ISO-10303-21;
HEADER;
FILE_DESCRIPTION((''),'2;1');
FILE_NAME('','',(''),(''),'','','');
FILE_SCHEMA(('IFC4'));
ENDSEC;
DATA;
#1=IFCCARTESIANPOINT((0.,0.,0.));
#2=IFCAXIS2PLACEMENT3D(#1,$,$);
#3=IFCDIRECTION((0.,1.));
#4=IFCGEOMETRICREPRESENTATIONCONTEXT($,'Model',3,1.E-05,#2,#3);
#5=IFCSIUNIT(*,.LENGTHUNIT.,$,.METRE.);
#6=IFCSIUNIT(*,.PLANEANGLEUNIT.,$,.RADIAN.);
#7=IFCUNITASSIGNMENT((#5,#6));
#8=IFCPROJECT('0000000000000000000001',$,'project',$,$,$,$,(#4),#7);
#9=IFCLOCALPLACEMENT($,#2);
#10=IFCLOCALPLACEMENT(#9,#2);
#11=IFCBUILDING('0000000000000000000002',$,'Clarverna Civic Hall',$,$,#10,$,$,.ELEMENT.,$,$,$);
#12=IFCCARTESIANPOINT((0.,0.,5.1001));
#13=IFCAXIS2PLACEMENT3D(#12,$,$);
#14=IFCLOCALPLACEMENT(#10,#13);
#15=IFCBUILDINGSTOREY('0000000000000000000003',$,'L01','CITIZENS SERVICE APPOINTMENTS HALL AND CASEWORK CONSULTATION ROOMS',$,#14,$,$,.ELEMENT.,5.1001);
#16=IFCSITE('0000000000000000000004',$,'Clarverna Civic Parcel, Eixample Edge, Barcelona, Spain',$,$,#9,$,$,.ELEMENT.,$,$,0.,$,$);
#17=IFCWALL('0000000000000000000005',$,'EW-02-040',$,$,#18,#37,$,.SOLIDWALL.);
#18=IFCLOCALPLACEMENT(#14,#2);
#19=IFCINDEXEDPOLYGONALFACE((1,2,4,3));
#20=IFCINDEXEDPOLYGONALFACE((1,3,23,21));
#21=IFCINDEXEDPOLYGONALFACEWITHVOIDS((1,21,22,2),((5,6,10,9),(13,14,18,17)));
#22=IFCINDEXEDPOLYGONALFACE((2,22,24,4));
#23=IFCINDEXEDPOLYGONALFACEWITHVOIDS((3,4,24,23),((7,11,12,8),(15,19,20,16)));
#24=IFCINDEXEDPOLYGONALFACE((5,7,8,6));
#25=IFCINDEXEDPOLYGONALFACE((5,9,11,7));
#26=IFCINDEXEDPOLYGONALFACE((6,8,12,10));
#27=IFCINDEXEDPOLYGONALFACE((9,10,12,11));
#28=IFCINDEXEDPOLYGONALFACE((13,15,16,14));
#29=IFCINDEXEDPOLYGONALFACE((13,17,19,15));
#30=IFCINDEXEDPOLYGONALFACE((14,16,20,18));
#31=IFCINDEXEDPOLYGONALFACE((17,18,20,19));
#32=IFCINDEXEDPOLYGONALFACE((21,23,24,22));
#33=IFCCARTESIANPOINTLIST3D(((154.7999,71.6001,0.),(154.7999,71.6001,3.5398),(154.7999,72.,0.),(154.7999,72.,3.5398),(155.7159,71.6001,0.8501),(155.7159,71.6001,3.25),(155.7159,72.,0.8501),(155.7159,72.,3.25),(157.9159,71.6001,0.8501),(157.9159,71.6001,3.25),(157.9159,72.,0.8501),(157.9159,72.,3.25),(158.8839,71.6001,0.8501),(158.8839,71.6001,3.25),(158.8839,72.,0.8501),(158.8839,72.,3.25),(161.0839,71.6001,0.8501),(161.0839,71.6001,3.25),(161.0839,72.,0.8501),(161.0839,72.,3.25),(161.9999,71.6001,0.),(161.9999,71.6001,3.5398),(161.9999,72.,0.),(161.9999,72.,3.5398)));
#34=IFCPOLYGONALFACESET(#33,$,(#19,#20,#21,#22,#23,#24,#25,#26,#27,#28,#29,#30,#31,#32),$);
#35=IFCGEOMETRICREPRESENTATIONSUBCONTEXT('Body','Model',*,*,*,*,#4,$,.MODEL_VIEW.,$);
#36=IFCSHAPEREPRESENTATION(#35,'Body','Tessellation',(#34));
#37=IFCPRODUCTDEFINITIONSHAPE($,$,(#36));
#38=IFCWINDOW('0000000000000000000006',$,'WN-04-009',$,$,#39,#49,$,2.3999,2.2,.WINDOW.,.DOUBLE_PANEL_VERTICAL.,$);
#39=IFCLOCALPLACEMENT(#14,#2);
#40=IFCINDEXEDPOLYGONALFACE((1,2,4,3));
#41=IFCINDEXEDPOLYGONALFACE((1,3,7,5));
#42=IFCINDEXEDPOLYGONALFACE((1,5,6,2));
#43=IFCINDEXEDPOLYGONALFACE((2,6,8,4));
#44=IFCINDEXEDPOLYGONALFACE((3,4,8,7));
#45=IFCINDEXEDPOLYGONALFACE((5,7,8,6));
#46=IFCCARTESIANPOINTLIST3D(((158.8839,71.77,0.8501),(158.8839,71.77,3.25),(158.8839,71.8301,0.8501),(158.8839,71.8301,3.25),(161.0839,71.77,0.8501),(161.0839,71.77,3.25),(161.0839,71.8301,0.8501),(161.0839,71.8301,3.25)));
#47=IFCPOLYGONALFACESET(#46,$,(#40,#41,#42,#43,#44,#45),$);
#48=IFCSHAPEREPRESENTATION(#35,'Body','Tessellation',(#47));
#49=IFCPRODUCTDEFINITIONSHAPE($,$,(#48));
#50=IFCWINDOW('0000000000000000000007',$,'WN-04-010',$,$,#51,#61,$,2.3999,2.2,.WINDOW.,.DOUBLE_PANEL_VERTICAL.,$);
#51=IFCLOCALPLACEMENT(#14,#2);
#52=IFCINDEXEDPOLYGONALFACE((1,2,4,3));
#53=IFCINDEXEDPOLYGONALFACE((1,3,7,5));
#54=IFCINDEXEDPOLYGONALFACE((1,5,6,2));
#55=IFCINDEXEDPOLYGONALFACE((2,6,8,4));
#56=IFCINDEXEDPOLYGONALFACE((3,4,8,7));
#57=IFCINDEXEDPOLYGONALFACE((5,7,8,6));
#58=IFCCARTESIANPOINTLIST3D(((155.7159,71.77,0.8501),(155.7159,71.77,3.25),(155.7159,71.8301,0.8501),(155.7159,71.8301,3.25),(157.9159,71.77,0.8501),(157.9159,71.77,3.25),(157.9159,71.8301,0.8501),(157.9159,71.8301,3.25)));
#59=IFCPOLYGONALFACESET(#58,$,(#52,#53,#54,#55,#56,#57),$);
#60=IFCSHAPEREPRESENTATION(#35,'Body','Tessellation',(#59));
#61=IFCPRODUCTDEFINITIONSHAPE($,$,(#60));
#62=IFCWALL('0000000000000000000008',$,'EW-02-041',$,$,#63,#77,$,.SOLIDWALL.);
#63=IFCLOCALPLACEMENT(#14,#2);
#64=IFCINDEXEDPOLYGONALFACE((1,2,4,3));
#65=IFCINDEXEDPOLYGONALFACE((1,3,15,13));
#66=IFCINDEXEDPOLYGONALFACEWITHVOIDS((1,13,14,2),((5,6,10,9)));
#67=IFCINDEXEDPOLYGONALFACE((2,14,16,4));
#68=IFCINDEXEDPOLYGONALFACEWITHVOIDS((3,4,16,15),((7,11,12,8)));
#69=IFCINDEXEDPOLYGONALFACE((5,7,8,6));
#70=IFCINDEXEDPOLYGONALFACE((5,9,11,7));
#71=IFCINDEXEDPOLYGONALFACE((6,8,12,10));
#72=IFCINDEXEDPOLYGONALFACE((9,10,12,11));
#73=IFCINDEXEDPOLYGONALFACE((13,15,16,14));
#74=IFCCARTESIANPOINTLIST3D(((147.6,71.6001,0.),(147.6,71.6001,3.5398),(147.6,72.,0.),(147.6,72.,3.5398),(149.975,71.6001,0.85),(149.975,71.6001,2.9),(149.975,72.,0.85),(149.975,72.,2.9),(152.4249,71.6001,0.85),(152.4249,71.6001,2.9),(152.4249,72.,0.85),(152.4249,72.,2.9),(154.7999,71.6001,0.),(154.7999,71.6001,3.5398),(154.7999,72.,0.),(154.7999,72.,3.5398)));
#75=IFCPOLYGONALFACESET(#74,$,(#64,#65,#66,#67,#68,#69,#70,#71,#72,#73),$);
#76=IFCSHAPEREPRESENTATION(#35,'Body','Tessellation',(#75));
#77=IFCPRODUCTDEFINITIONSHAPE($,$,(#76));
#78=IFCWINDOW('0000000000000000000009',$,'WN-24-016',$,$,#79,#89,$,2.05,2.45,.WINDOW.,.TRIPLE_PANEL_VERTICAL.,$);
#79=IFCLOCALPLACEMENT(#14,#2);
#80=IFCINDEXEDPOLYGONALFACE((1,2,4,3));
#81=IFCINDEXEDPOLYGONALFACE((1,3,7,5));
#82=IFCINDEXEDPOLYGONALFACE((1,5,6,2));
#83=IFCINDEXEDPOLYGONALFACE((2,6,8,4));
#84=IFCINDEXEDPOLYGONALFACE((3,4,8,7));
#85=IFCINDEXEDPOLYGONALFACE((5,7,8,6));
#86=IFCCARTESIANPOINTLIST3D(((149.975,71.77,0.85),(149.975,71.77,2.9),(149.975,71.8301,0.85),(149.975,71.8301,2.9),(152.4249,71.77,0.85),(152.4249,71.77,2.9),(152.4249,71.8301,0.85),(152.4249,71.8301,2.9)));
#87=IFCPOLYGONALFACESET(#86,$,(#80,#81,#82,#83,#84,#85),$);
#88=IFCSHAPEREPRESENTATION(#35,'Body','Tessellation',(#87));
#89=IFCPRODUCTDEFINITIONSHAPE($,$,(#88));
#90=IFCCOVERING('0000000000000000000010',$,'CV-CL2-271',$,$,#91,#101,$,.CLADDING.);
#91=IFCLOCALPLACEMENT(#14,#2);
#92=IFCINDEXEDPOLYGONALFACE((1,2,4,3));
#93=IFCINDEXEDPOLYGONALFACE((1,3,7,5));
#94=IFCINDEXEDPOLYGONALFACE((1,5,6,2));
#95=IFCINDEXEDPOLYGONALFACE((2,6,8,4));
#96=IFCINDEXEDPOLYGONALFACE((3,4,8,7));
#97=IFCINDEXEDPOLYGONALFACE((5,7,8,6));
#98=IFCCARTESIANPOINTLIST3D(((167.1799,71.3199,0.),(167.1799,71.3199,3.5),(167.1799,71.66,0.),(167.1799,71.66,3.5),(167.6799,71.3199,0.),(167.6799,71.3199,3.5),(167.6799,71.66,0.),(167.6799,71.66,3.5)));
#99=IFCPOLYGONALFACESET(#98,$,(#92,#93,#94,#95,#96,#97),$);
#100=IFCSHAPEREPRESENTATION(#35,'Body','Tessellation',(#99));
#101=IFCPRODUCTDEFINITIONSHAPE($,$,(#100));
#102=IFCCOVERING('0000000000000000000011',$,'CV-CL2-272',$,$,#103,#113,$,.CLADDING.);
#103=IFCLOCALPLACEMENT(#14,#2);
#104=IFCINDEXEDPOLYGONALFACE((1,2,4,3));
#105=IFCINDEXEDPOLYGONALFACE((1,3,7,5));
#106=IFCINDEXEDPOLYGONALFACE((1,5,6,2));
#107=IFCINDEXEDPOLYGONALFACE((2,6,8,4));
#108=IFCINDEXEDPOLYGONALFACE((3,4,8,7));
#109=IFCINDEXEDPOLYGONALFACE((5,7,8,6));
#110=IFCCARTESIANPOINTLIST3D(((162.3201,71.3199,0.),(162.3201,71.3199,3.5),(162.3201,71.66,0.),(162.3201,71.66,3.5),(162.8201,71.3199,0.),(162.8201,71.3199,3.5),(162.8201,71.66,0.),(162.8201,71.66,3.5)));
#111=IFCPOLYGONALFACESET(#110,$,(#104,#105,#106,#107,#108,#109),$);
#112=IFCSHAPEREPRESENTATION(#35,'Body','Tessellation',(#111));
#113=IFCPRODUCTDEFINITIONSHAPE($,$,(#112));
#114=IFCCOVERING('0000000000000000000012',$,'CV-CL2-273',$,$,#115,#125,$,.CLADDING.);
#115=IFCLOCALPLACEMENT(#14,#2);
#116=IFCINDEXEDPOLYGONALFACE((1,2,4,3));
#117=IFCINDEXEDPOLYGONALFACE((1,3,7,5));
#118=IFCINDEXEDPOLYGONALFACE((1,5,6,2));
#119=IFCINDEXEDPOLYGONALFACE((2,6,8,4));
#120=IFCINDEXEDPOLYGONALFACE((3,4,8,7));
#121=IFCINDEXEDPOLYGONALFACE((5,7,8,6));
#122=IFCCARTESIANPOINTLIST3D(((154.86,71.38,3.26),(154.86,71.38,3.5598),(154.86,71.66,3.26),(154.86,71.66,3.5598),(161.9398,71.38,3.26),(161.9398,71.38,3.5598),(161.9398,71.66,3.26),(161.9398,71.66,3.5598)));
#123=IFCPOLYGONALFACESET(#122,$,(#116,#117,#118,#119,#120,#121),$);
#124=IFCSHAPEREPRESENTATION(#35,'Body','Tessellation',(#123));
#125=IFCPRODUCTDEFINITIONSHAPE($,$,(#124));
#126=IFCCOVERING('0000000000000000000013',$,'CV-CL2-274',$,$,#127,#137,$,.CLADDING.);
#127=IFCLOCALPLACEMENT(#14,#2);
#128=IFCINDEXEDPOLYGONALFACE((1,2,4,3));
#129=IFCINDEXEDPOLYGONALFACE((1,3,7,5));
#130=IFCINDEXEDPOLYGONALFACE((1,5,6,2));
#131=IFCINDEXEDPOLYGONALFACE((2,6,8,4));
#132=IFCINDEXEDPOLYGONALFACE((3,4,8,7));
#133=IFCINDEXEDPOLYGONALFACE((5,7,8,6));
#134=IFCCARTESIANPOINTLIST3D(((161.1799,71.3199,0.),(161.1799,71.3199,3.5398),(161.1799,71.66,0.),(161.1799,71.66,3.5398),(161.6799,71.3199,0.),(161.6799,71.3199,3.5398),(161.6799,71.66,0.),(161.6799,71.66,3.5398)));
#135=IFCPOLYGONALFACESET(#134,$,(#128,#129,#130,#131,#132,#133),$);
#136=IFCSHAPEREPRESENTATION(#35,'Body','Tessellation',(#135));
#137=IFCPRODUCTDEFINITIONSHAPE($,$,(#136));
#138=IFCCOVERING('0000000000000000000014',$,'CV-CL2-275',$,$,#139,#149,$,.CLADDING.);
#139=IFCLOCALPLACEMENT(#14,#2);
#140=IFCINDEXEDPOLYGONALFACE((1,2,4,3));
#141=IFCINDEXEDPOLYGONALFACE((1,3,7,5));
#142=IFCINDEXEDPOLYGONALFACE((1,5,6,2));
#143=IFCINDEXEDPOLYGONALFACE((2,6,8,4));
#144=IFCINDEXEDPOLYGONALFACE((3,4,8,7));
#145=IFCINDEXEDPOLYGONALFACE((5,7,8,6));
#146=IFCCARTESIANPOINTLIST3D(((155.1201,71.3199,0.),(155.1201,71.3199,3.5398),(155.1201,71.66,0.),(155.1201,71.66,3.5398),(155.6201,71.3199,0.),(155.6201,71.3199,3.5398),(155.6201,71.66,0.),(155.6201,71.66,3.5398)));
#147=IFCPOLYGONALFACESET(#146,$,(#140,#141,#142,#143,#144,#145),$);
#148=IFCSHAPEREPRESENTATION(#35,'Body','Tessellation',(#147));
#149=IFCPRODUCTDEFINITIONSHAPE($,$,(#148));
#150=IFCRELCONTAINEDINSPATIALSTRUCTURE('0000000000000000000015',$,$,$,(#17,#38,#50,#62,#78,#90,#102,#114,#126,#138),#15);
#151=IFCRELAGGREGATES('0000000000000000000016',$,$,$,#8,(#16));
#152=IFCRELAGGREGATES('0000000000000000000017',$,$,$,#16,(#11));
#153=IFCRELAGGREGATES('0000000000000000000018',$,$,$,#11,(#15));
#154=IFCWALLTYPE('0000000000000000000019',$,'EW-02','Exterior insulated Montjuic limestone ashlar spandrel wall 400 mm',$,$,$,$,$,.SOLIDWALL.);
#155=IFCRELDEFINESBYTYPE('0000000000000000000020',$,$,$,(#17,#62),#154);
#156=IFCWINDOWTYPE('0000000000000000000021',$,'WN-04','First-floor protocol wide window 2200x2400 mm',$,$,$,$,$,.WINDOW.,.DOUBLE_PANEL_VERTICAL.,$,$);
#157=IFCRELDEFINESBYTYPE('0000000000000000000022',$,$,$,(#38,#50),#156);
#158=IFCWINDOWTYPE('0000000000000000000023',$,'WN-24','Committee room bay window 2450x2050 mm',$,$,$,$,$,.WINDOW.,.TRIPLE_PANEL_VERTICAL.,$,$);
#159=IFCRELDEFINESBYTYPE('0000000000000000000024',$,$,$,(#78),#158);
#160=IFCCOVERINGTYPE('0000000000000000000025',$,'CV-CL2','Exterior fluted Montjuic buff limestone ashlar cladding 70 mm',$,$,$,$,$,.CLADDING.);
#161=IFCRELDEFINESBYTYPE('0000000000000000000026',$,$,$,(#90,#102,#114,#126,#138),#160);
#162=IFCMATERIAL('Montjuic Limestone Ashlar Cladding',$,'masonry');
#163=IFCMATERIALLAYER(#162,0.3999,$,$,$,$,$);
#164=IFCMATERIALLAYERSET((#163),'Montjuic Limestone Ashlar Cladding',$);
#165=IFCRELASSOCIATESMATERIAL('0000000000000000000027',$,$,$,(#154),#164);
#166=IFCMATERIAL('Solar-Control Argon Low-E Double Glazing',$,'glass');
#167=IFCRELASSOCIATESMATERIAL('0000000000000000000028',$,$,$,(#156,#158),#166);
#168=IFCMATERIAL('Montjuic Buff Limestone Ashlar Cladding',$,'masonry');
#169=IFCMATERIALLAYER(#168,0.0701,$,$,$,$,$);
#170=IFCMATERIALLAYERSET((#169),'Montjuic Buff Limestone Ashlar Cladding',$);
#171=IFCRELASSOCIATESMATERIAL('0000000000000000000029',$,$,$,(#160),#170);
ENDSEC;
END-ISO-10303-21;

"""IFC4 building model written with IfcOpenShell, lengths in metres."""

from ifc_helpers import new_model, si_unit, direction, frame, frame_2d, origin, place, context, subcontext, project, spatial, rectangle, extrude, material, layer, layer_set, type_object, element, fill, save


model = new_model("IFC4")

# Units and contexts
model_context = context("Model", 3, precision=1e-05, world=origin(), true_north=direction((0.0, 1.0)))
body_context = subcontext(model_context, "Body", "Model", "MODEL_VIEW")
ifc_project = project(units=[si_unit("LENGTHUNIT", "METRE"), si_unit("PLANEANGLEUNIT", "RADIAN")], contexts=[model_context])

# Site, building, storey
site_placement = place(None, origin())
site = spatial("IfcSite", under=ifc_project, at=site_placement, Name="Clarverna Civic Parcel, Eixample Edge, Barcelona, Spain", CompositionType="ELEMENT", RefElevation=0.0)
building_placement = place(site_placement, origin())
building = spatial("IfcBuilding", under=site, at=building_placement, Name="Clarverna Civic Hall", CompositionType="ELEMENT")
storey_placement = place(building_placement, frame((0.0, 0.0, 5.1001)))
storey = spatial("IfcBuildingStorey", under=building, at=storey_placement, Name="L01", Description="CITIZENS SERVICE APPOINTMENTS HALL AND CASEWORK CONSULTATION ROOMS", CompositionType="ELEMENT", Elevation=5.1001)

# Wall, openings, windows
ifc_material_1 = material(Name="Montjuic Limestone Ashlar Cladding", Category="masonry")
ifc_layer_1 = layer(ifc_material_1, 0.3999)
ifc_layer_set_1 = layer_set([ifc_layer_1], Name="Montjuic Limestone Ashlar Cladding")
wall_type = type_object("IfcWallType", Name="EW-02", Description="Exterior insulated Montjuic limestone ashlar spandrel wall 400 mm", PredefinedType="SOLIDWALL", material=ifc_layer_set_1)
wall_1_placement = place(storey_placement, frame((162.0, 71.8, 0.0), z_axis=(0.0, 0.0, 1.0), x_axis=(-1.0, 0.0, 0.0)))
wall_1 = element("IfcWall", 1, at=wall_1_placement, inside=storey, type_object=wall_type, Name="EW-02-040", PredefinedType="SOLIDWALL", context=body_context, shape_type="SweptSolid", body=[
    extrude(rectangle(XDim=7.2, YDim=0.3999, at=frame_2d((3.6001, 0.0))), origin(), (0.0, 0.0, 1.0), 3.5398),
])
opening_1_placement = place(wall_1_placement, frame((0.916, 0.0, 0.8501)))
opening_1 = element("IfcOpeningElement", 2, at=opening_1_placement, cuts=wall_1, PredefinedType="OPENING", context=body_context, shape_type="SweptSolid", body=[
    extrude(rectangle(XDim=2.2, YDim=2.3999, at=frame_2d((1.1001, 1.2))), frame((0.0, 0.21, 0.0), z_axis=(0.0, -1.0, 0.0), x_axis=(1.0, 0.0, 0.0)), (0.0, 0.0, 1.0), 0.4199),
])
opening_2_placement = place(wall_1_placement, frame((4.084, 0.0, 0.8501)))
opening_2 = element("IfcOpeningElement", 3, at=opening_2_placement, cuts=wall_1, PredefinedType="OPENING", context=body_context, shape_type="SweptSolid", body=[
    extrude(rectangle(XDim=2.2, YDim=2.3999, at=frame_2d((1.1001, 1.2))), frame((0.0, 0.21, 0.0), z_axis=(0.0, -1.0, 0.0), x_axis=(1.0, 0.0, 0.0)), (0.0, 0.0, 1.0), 0.4199),
])
ifc_material_2 = material(Name="Solar-Control Argon Low-E Double Glazing", Category="glass")
window_type_1 = type_object("IfcWindowType", Name="WN-04", Description="First-floor protocol wide window 2200x2400 mm", PartitioningType="DOUBLE_PANEL_VERTICAL", PredefinedType="WINDOW", material=ifc_material_2)
window_1_placement = place(opening_1_placement, origin())
window_1 = element("IfcWindow", 4, at=window_1_placement, inside=storey, type_object=window_type_1, Name="WN-04-009", OverallHeight=2.3999, OverallWidth=2.2, PartitioningType="DOUBLE_PANEL_VERTICAL", PredefinedType="WINDOW", context=body_context, shape_type="SweptSolid", body=[
    extrude(rectangle(XDim=2.2, YDim=2.3999, at=frame_2d((1.1001, 1.2))), frame((0.0, 0.03, 0.0), z_axis=(0.0, -1.0, 0.0), x_axis=(1.0, 0.0, 0.0)), (0.0, 0.0, 1.0), 0.0601),
])
fill(opening_1, window_1)
window_2_placement = place(opening_2_placement, origin())
window_2 = element("IfcWindow", 5, at=window_2_placement, inside=storey, type_object=window_type_1, Name="WN-04-010", OverallHeight=2.3999, OverallWidth=2.2, PartitioningType="DOUBLE_PANEL_VERTICAL", PredefinedType="WINDOW", context=body_context, shape_type="SweptSolid", body=[
    extrude(rectangle(XDim=2.2, YDim=2.3999, at=frame_2d((1.1001, 1.2))), frame((0.0, 0.03, 0.0), z_axis=(0.0, -1.0, 0.0), x_axis=(1.0, 0.0, 0.0)), (0.0, 0.0, 1.0), 0.0601),
])
fill(opening_2, window_2)

# Wall, opening, window
wall_2_placement = place(storey_placement, frame((154.8, 71.8, 0.0), z_axis=(0.0, 0.0, 1.0), x_axis=(-1.0, 0.0, 0.0)))
wall_2 = element("IfcWall", 6, at=wall_2_placement, inside=storey, type_object=wall_type, Name="EW-02-041", PredefinedType="SOLIDWALL", context=body_context, shape_type="SweptSolid", body=[
    extrude(rectangle(XDim=7.2, YDim=0.3999, at=frame_2d((3.6001, 0.0))), origin(), (0.0, 0.0, 1.0), 3.5398),
])
opening_3_placement = place(wall_2_placement, frame((2.375, 0.0, 0.8501)))
opening_3 = element("IfcOpeningElement", 7, at=opening_3_placement, cuts=wall_2, PredefinedType="OPENING", context=body_context, shape_type="SweptSolid", body=[
    extrude(rectangle(XDim=2.45, YDim=2.05, at=frame_2d((1.2251, 1.0249))), frame((0.0, 0.21, 0.0), z_axis=(0.0, -1.0, 0.0), x_axis=(1.0, 0.0, 0.0)), (0.0, 0.0, 1.0), 0.4199),
])
window_type_2 = type_object("IfcWindowType", Name="WN-24", Description="Committee room bay window 2450x2050 mm", PartitioningType="TRIPLE_PANEL_VERTICAL", PredefinedType="WINDOW", material=ifc_material_2)
window_3_placement = place(opening_3_placement, origin())
window_3 = element("IfcWindow", 8, at=window_3_placement, inside=storey, type_object=window_type_2, Name="WN-24-016", OverallHeight=2.05, OverallWidth=2.45, PartitioningType="TRIPLE_PANEL_VERTICAL", PredefinedType="WINDOW", context=body_context, shape_type="SweptSolid", body=[
    extrude(rectangle(XDim=2.45, YDim=2.05, at=frame_2d((1.2251, 1.0249))), frame((0.0, 0.03, 0.0), z_axis=(0.0, -1.0, 0.0), x_axis=(1.0, 0.0, 0.0)), (0.0, 0.0, 1.0), 0.0601),
])
fill(opening_3, window_3)

# Coverings
ifc_material_3 = material(Name="Montjuic Buff Limestone Ashlar Cladding", Category="masonry")
ifc_layer_2 = layer(ifc_material_3, 0.0701)
ifc_layer_set_2 = layer_set([ifc_layer_2], Name="Montjuic Buff Limestone Ashlar Cladding")
covering_type = type_object("IfcCoveringType", Name="CV-CL2", Description="Exterior fluted Montjuic buff limestone ashlar cladding 70 mm", PredefinedType="CLADDING", material=ifc_layer_set_2)
for number, where, z_axis, x_axis, name in (
    (9, (167.6799, 71.49, 0.0), (0.0, 0.0, 1.0), (-1.0, 0.0, 0.0), "CV-CL2-271"),
    (10, (162.8201, 71.49, 0.0), (0.0, 0.0, 1.0), (-1.0, 0.0, 0.0), "CV-CL2-272"),
):
    element("IfcCovering", number, at=place(storey_placement, frame(where, z_axis=z_axis, x_axis=x_axis)), inside=storey, type_object=covering_type, Name=name, PredefinedType="CLADDING", context=body_context, shape_type="SweptSolid", body=[
        extrude(rectangle(XDim=0.5, YDim=0.3401, at=frame_2d((0.25, 0.0))), origin(), (0.0, 0.0, 1.0), 3.5),
    ])
covering_placement = place(storey_placement, frame((161.9399, 71.52, 3.26), z_axis=(0.0, 0.0, 1.0), x_axis=(-1.0, 0.0, 0.0)))
element("IfcCovering", 11, at=covering_placement, inside=storey, type_object=covering_type, Name="CV-CL2-273", PredefinedType="CLADDING", context=body_context, shape_type="SweptSolid", body=[
    extrude(rectangle(XDim=7.0798, YDim=0.28, at=frame_2d((3.54, 0.0))), origin(), (0.0, 0.0, 1.0), 0.2998),
])
for number, where, z_axis, x_axis, name in (
    (12, (161.6799, 71.49, 0.0), (0.0, 0.0, 1.0), (-1.0, 0.0, 0.0), "CV-CL2-274"),
    (13, (155.6201, 71.49, 0.0), (0.0, 0.0, 1.0), (-1.0, 0.0, 0.0), "CV-CL2-275"),
):
    element("IfcCovering", number, at=place(storey_placement, frame(where, z_axis=z_axis, x_axis=x_axis)), inside=storey, type_object=covering_type, Name=name, PredefinedType="CLADDING", context=body_context, shape_type="SweptSolid", body=[
        extrude(rectangle(XDim=0.5, YDim=0.3401, at=frame_2d((0.25, 0.0))), origin(), (0.0, 0.0, 1.0), 3.5398),
    ])

save(model, "model.ifc")
